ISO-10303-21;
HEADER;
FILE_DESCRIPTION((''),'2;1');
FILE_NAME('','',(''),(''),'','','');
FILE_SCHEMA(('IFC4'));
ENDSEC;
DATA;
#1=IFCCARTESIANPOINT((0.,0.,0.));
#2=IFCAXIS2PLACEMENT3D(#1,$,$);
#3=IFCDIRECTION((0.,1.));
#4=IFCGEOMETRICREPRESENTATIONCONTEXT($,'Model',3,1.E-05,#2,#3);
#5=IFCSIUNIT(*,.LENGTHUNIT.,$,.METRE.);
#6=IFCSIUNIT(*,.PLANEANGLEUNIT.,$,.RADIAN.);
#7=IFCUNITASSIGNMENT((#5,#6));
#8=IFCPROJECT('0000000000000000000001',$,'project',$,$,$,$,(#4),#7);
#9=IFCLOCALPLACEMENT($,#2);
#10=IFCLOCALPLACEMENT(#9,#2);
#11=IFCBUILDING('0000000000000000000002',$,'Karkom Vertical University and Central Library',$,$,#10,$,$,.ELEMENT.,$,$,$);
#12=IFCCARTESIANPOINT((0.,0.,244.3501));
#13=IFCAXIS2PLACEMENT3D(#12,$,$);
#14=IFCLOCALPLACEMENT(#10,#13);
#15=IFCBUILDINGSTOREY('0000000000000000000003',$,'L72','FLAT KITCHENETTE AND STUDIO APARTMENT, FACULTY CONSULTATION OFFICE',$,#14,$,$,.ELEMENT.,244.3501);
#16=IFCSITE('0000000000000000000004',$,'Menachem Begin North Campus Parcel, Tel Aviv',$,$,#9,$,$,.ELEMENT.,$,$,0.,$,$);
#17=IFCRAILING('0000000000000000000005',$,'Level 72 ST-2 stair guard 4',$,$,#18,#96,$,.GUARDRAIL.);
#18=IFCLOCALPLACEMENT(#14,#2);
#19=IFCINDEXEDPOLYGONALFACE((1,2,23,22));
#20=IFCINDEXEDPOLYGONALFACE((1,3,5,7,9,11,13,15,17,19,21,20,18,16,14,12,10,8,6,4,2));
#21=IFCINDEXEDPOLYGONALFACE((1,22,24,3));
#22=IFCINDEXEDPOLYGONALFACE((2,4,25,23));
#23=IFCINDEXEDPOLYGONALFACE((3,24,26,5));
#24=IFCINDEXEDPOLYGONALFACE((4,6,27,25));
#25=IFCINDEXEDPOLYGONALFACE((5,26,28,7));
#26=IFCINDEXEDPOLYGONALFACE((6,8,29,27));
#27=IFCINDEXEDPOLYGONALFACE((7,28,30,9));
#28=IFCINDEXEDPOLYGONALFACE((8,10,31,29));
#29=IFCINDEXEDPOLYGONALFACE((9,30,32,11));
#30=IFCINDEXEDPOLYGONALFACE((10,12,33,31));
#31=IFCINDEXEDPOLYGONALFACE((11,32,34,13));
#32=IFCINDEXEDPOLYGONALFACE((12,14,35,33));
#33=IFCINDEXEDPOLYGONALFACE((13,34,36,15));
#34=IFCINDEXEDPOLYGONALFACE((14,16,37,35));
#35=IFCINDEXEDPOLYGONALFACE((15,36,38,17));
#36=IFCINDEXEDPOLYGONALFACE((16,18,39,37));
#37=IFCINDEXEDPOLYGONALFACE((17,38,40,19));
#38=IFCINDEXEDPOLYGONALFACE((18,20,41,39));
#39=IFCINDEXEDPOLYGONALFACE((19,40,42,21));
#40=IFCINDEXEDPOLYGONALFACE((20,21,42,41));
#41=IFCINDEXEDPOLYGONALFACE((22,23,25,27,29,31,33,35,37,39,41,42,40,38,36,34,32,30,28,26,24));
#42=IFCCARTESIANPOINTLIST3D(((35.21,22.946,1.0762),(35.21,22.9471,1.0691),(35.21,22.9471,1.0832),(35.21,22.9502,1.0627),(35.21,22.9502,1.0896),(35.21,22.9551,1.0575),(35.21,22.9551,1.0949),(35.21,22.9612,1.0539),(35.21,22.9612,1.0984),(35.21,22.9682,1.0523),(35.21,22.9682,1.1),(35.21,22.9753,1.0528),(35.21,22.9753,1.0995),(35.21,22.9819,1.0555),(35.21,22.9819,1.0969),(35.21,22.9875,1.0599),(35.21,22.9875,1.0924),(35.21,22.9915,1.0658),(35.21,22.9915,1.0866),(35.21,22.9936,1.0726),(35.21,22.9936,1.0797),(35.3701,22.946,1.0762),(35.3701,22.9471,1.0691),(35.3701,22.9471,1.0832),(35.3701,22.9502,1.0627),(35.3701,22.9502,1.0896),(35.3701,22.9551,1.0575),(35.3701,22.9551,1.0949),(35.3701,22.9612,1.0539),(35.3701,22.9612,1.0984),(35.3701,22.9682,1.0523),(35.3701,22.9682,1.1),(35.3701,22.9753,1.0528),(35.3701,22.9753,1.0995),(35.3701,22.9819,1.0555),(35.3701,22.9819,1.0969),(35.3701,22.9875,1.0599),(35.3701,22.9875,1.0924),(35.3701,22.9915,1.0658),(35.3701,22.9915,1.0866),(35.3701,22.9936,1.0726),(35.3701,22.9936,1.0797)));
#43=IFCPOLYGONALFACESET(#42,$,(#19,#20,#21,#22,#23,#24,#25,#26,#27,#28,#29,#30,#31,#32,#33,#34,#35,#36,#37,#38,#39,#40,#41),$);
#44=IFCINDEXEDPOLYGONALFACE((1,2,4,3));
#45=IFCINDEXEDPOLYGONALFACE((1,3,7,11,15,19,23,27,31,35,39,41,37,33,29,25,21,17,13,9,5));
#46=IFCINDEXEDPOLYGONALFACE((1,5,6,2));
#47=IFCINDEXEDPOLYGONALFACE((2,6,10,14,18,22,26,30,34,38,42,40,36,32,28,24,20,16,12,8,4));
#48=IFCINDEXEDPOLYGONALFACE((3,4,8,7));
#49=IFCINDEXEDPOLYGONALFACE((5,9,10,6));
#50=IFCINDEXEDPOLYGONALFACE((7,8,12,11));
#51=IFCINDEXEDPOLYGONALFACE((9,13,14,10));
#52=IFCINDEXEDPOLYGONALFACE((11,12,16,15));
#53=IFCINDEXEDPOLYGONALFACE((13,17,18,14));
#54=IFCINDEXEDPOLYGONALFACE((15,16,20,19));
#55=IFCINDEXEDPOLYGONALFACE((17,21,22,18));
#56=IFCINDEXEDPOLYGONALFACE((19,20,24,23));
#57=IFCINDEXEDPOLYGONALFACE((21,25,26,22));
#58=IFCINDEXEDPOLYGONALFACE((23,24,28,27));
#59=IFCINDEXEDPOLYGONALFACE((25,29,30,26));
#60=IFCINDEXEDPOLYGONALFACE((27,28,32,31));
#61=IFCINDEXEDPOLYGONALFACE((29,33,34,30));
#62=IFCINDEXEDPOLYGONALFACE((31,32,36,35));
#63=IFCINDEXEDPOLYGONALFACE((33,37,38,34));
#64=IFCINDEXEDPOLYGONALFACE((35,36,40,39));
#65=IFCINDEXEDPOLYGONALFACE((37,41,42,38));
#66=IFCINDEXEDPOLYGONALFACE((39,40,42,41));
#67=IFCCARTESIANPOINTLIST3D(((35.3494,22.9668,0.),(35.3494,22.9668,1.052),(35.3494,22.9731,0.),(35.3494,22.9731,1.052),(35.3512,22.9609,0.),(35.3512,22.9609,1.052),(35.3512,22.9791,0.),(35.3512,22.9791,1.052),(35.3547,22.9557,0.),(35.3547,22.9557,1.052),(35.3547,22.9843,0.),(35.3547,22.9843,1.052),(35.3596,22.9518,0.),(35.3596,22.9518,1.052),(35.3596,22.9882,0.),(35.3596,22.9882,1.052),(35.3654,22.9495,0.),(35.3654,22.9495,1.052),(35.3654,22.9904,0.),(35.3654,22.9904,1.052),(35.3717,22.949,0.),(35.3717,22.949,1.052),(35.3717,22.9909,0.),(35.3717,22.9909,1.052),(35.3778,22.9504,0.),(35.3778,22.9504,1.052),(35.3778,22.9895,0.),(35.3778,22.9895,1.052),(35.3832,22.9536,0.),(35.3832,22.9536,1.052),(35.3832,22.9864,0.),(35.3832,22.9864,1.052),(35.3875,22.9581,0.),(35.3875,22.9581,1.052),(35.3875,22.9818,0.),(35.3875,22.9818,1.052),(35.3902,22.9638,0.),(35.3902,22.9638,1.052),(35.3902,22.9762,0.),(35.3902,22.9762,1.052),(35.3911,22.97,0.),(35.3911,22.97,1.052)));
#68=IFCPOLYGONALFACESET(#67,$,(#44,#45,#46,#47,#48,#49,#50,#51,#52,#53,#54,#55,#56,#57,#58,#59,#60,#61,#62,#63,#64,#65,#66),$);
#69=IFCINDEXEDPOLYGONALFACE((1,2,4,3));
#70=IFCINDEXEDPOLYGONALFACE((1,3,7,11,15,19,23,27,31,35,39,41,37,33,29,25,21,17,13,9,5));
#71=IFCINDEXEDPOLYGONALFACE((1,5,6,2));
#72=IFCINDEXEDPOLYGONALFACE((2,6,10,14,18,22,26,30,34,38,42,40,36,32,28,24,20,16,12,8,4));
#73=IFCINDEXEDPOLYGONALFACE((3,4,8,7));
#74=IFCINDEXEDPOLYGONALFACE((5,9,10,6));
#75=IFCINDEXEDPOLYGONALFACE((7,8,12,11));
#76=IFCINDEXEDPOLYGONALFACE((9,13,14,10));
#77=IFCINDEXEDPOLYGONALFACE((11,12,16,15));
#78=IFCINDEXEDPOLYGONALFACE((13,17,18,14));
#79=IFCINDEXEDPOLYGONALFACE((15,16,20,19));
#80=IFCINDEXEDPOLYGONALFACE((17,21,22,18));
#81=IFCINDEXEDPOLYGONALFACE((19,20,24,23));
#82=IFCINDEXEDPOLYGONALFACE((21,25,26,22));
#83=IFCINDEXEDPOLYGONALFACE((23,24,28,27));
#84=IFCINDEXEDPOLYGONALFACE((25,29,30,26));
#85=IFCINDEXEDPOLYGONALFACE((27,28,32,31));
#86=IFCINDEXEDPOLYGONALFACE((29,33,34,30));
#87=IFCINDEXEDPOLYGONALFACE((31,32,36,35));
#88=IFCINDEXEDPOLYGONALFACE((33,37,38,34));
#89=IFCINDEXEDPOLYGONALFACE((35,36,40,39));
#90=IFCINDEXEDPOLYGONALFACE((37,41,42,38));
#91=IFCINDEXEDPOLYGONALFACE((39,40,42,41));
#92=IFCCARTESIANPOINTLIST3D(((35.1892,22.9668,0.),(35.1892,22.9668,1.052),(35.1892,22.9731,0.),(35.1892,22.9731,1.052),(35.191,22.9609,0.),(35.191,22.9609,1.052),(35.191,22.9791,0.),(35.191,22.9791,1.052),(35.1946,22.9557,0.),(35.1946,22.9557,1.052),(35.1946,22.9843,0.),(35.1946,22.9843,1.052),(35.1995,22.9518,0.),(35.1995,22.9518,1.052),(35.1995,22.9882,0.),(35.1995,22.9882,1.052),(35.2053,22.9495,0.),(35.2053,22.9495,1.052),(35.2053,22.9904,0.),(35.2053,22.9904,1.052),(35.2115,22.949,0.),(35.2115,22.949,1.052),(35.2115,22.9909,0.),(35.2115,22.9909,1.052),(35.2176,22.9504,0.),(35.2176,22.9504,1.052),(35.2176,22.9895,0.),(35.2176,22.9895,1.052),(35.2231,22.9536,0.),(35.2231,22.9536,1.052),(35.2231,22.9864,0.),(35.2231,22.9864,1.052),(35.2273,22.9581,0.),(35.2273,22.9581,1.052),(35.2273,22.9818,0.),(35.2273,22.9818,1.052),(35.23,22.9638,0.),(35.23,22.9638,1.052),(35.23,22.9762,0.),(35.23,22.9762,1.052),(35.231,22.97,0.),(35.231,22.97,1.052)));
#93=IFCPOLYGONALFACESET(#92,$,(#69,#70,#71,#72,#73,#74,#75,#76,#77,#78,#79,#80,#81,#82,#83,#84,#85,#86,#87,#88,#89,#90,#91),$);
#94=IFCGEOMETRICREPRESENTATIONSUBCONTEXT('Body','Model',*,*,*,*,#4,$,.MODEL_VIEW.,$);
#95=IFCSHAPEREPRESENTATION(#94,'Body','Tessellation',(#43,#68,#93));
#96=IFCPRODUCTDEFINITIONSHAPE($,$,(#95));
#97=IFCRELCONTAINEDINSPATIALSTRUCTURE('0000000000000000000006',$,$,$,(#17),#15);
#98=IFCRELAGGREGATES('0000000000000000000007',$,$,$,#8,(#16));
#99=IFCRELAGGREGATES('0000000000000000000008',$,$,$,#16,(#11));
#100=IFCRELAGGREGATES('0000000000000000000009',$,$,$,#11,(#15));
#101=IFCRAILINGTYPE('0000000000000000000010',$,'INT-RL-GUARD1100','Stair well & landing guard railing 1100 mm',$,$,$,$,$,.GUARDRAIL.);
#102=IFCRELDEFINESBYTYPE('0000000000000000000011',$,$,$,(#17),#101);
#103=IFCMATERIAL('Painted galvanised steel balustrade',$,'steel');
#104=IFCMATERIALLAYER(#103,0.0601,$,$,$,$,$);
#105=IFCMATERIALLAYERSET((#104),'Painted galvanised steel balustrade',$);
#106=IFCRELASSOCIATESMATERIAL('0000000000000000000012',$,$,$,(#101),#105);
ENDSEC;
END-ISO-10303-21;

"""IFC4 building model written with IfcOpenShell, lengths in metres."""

from ifc_helpers import new_model, si_unit, direction, frame, origin, origin_2d, place, context, subcontext, project, spatial, circle, extrude, material, layer, layer_set, type_object, element, save


model = new_model("IFC4")

# Units and contexts
model_context = context("Model", 3, precision=1e-05, world=origin(), true_north=direction((0.0, 1.0)))
body_context = subcontext(model_context, "Body", "Model", "MODEL_VIEW")
ifc_project = project(units=[si_unit("LENGTHUNIT", "METRE"), si_unit("PLANEANGLEUNIT", "RADIAN")], contexts=[model_context])

# Site, building, storey
site_placement = place(None, origin())
site = spatial("IfcSite", under=ifc_project, at=site_placement, Name="Menachem Begin North Campus Parcel, Tel Aviv", CompositionType="ELEMENT", RefElevation=0.0)
building_placement = place(site_placement, origin())
building = spatial("IfcBuilding", under=site, at=building_placement, Name="Karkom Vertical University and Central Library", CompositionType="ELEMENT")
storey_placement = place(building_placement, frame((0.0, 0.0, 244.3501)))
storey = spatial("IfcBuildingStorey", under=building, at=storey_placement, Name="L72", Description="FLAT KITCHENETTE AND STUDIO APARTMENT, FACULTY CONSULTATION OFFICE", CompositionType="ELEMENT", Elevation=244.3501)

# Railing
ifc_material_1 = material(Name="Painted galvanised steel balustrade", Category="steel")
ifc_layer_1 = layer(ifc_material_1, 0.0601)
ifc_layer_set_1 = layer_set([ifc_layer_1], Name="Painted galvanised steel balustrade")
railing_type = type_object("IfcRailingType", Name="INT-RL-GUARD1100", Description="Stair well & landing guard railing 1100 mm", PredefinedType="GUARDRAIL", material=ifc_layer_set_1)
railing_1_placement = place(storey_placement, frame((35.3701, 22.97, 0.0)))
element("IfcRailing", 1, at=railing_1_placement, inside=storey, type_object=railing_type, Name="Level 72 ST-2 stair guard 4", PredefinedType="GUARDRAIL", context=body_context, shape_type="SweptSolid", body=[
    extrude(circle(Radius=0.0239, at=origin_2d()), frame((0.0, 0.0, 1.0762), z_axis=(-1.0, 0.0, 0.0), x_axis=(0.0, -1.0, 0.0)), (0.0, 0.0, 1.0), 0.1602),
    extrude(circle(Radius=0.021, at=origin_2d()), origin(), (0.0, 0.0, 1.0), 1.052),
    extrude(circle(Radius=0.021, at=origin_2d()), frame((-0.1602, 0.0, 0.0)), (0.0, 0.0, 1.0), 1.052),
])

save(model, "model.ifc")
